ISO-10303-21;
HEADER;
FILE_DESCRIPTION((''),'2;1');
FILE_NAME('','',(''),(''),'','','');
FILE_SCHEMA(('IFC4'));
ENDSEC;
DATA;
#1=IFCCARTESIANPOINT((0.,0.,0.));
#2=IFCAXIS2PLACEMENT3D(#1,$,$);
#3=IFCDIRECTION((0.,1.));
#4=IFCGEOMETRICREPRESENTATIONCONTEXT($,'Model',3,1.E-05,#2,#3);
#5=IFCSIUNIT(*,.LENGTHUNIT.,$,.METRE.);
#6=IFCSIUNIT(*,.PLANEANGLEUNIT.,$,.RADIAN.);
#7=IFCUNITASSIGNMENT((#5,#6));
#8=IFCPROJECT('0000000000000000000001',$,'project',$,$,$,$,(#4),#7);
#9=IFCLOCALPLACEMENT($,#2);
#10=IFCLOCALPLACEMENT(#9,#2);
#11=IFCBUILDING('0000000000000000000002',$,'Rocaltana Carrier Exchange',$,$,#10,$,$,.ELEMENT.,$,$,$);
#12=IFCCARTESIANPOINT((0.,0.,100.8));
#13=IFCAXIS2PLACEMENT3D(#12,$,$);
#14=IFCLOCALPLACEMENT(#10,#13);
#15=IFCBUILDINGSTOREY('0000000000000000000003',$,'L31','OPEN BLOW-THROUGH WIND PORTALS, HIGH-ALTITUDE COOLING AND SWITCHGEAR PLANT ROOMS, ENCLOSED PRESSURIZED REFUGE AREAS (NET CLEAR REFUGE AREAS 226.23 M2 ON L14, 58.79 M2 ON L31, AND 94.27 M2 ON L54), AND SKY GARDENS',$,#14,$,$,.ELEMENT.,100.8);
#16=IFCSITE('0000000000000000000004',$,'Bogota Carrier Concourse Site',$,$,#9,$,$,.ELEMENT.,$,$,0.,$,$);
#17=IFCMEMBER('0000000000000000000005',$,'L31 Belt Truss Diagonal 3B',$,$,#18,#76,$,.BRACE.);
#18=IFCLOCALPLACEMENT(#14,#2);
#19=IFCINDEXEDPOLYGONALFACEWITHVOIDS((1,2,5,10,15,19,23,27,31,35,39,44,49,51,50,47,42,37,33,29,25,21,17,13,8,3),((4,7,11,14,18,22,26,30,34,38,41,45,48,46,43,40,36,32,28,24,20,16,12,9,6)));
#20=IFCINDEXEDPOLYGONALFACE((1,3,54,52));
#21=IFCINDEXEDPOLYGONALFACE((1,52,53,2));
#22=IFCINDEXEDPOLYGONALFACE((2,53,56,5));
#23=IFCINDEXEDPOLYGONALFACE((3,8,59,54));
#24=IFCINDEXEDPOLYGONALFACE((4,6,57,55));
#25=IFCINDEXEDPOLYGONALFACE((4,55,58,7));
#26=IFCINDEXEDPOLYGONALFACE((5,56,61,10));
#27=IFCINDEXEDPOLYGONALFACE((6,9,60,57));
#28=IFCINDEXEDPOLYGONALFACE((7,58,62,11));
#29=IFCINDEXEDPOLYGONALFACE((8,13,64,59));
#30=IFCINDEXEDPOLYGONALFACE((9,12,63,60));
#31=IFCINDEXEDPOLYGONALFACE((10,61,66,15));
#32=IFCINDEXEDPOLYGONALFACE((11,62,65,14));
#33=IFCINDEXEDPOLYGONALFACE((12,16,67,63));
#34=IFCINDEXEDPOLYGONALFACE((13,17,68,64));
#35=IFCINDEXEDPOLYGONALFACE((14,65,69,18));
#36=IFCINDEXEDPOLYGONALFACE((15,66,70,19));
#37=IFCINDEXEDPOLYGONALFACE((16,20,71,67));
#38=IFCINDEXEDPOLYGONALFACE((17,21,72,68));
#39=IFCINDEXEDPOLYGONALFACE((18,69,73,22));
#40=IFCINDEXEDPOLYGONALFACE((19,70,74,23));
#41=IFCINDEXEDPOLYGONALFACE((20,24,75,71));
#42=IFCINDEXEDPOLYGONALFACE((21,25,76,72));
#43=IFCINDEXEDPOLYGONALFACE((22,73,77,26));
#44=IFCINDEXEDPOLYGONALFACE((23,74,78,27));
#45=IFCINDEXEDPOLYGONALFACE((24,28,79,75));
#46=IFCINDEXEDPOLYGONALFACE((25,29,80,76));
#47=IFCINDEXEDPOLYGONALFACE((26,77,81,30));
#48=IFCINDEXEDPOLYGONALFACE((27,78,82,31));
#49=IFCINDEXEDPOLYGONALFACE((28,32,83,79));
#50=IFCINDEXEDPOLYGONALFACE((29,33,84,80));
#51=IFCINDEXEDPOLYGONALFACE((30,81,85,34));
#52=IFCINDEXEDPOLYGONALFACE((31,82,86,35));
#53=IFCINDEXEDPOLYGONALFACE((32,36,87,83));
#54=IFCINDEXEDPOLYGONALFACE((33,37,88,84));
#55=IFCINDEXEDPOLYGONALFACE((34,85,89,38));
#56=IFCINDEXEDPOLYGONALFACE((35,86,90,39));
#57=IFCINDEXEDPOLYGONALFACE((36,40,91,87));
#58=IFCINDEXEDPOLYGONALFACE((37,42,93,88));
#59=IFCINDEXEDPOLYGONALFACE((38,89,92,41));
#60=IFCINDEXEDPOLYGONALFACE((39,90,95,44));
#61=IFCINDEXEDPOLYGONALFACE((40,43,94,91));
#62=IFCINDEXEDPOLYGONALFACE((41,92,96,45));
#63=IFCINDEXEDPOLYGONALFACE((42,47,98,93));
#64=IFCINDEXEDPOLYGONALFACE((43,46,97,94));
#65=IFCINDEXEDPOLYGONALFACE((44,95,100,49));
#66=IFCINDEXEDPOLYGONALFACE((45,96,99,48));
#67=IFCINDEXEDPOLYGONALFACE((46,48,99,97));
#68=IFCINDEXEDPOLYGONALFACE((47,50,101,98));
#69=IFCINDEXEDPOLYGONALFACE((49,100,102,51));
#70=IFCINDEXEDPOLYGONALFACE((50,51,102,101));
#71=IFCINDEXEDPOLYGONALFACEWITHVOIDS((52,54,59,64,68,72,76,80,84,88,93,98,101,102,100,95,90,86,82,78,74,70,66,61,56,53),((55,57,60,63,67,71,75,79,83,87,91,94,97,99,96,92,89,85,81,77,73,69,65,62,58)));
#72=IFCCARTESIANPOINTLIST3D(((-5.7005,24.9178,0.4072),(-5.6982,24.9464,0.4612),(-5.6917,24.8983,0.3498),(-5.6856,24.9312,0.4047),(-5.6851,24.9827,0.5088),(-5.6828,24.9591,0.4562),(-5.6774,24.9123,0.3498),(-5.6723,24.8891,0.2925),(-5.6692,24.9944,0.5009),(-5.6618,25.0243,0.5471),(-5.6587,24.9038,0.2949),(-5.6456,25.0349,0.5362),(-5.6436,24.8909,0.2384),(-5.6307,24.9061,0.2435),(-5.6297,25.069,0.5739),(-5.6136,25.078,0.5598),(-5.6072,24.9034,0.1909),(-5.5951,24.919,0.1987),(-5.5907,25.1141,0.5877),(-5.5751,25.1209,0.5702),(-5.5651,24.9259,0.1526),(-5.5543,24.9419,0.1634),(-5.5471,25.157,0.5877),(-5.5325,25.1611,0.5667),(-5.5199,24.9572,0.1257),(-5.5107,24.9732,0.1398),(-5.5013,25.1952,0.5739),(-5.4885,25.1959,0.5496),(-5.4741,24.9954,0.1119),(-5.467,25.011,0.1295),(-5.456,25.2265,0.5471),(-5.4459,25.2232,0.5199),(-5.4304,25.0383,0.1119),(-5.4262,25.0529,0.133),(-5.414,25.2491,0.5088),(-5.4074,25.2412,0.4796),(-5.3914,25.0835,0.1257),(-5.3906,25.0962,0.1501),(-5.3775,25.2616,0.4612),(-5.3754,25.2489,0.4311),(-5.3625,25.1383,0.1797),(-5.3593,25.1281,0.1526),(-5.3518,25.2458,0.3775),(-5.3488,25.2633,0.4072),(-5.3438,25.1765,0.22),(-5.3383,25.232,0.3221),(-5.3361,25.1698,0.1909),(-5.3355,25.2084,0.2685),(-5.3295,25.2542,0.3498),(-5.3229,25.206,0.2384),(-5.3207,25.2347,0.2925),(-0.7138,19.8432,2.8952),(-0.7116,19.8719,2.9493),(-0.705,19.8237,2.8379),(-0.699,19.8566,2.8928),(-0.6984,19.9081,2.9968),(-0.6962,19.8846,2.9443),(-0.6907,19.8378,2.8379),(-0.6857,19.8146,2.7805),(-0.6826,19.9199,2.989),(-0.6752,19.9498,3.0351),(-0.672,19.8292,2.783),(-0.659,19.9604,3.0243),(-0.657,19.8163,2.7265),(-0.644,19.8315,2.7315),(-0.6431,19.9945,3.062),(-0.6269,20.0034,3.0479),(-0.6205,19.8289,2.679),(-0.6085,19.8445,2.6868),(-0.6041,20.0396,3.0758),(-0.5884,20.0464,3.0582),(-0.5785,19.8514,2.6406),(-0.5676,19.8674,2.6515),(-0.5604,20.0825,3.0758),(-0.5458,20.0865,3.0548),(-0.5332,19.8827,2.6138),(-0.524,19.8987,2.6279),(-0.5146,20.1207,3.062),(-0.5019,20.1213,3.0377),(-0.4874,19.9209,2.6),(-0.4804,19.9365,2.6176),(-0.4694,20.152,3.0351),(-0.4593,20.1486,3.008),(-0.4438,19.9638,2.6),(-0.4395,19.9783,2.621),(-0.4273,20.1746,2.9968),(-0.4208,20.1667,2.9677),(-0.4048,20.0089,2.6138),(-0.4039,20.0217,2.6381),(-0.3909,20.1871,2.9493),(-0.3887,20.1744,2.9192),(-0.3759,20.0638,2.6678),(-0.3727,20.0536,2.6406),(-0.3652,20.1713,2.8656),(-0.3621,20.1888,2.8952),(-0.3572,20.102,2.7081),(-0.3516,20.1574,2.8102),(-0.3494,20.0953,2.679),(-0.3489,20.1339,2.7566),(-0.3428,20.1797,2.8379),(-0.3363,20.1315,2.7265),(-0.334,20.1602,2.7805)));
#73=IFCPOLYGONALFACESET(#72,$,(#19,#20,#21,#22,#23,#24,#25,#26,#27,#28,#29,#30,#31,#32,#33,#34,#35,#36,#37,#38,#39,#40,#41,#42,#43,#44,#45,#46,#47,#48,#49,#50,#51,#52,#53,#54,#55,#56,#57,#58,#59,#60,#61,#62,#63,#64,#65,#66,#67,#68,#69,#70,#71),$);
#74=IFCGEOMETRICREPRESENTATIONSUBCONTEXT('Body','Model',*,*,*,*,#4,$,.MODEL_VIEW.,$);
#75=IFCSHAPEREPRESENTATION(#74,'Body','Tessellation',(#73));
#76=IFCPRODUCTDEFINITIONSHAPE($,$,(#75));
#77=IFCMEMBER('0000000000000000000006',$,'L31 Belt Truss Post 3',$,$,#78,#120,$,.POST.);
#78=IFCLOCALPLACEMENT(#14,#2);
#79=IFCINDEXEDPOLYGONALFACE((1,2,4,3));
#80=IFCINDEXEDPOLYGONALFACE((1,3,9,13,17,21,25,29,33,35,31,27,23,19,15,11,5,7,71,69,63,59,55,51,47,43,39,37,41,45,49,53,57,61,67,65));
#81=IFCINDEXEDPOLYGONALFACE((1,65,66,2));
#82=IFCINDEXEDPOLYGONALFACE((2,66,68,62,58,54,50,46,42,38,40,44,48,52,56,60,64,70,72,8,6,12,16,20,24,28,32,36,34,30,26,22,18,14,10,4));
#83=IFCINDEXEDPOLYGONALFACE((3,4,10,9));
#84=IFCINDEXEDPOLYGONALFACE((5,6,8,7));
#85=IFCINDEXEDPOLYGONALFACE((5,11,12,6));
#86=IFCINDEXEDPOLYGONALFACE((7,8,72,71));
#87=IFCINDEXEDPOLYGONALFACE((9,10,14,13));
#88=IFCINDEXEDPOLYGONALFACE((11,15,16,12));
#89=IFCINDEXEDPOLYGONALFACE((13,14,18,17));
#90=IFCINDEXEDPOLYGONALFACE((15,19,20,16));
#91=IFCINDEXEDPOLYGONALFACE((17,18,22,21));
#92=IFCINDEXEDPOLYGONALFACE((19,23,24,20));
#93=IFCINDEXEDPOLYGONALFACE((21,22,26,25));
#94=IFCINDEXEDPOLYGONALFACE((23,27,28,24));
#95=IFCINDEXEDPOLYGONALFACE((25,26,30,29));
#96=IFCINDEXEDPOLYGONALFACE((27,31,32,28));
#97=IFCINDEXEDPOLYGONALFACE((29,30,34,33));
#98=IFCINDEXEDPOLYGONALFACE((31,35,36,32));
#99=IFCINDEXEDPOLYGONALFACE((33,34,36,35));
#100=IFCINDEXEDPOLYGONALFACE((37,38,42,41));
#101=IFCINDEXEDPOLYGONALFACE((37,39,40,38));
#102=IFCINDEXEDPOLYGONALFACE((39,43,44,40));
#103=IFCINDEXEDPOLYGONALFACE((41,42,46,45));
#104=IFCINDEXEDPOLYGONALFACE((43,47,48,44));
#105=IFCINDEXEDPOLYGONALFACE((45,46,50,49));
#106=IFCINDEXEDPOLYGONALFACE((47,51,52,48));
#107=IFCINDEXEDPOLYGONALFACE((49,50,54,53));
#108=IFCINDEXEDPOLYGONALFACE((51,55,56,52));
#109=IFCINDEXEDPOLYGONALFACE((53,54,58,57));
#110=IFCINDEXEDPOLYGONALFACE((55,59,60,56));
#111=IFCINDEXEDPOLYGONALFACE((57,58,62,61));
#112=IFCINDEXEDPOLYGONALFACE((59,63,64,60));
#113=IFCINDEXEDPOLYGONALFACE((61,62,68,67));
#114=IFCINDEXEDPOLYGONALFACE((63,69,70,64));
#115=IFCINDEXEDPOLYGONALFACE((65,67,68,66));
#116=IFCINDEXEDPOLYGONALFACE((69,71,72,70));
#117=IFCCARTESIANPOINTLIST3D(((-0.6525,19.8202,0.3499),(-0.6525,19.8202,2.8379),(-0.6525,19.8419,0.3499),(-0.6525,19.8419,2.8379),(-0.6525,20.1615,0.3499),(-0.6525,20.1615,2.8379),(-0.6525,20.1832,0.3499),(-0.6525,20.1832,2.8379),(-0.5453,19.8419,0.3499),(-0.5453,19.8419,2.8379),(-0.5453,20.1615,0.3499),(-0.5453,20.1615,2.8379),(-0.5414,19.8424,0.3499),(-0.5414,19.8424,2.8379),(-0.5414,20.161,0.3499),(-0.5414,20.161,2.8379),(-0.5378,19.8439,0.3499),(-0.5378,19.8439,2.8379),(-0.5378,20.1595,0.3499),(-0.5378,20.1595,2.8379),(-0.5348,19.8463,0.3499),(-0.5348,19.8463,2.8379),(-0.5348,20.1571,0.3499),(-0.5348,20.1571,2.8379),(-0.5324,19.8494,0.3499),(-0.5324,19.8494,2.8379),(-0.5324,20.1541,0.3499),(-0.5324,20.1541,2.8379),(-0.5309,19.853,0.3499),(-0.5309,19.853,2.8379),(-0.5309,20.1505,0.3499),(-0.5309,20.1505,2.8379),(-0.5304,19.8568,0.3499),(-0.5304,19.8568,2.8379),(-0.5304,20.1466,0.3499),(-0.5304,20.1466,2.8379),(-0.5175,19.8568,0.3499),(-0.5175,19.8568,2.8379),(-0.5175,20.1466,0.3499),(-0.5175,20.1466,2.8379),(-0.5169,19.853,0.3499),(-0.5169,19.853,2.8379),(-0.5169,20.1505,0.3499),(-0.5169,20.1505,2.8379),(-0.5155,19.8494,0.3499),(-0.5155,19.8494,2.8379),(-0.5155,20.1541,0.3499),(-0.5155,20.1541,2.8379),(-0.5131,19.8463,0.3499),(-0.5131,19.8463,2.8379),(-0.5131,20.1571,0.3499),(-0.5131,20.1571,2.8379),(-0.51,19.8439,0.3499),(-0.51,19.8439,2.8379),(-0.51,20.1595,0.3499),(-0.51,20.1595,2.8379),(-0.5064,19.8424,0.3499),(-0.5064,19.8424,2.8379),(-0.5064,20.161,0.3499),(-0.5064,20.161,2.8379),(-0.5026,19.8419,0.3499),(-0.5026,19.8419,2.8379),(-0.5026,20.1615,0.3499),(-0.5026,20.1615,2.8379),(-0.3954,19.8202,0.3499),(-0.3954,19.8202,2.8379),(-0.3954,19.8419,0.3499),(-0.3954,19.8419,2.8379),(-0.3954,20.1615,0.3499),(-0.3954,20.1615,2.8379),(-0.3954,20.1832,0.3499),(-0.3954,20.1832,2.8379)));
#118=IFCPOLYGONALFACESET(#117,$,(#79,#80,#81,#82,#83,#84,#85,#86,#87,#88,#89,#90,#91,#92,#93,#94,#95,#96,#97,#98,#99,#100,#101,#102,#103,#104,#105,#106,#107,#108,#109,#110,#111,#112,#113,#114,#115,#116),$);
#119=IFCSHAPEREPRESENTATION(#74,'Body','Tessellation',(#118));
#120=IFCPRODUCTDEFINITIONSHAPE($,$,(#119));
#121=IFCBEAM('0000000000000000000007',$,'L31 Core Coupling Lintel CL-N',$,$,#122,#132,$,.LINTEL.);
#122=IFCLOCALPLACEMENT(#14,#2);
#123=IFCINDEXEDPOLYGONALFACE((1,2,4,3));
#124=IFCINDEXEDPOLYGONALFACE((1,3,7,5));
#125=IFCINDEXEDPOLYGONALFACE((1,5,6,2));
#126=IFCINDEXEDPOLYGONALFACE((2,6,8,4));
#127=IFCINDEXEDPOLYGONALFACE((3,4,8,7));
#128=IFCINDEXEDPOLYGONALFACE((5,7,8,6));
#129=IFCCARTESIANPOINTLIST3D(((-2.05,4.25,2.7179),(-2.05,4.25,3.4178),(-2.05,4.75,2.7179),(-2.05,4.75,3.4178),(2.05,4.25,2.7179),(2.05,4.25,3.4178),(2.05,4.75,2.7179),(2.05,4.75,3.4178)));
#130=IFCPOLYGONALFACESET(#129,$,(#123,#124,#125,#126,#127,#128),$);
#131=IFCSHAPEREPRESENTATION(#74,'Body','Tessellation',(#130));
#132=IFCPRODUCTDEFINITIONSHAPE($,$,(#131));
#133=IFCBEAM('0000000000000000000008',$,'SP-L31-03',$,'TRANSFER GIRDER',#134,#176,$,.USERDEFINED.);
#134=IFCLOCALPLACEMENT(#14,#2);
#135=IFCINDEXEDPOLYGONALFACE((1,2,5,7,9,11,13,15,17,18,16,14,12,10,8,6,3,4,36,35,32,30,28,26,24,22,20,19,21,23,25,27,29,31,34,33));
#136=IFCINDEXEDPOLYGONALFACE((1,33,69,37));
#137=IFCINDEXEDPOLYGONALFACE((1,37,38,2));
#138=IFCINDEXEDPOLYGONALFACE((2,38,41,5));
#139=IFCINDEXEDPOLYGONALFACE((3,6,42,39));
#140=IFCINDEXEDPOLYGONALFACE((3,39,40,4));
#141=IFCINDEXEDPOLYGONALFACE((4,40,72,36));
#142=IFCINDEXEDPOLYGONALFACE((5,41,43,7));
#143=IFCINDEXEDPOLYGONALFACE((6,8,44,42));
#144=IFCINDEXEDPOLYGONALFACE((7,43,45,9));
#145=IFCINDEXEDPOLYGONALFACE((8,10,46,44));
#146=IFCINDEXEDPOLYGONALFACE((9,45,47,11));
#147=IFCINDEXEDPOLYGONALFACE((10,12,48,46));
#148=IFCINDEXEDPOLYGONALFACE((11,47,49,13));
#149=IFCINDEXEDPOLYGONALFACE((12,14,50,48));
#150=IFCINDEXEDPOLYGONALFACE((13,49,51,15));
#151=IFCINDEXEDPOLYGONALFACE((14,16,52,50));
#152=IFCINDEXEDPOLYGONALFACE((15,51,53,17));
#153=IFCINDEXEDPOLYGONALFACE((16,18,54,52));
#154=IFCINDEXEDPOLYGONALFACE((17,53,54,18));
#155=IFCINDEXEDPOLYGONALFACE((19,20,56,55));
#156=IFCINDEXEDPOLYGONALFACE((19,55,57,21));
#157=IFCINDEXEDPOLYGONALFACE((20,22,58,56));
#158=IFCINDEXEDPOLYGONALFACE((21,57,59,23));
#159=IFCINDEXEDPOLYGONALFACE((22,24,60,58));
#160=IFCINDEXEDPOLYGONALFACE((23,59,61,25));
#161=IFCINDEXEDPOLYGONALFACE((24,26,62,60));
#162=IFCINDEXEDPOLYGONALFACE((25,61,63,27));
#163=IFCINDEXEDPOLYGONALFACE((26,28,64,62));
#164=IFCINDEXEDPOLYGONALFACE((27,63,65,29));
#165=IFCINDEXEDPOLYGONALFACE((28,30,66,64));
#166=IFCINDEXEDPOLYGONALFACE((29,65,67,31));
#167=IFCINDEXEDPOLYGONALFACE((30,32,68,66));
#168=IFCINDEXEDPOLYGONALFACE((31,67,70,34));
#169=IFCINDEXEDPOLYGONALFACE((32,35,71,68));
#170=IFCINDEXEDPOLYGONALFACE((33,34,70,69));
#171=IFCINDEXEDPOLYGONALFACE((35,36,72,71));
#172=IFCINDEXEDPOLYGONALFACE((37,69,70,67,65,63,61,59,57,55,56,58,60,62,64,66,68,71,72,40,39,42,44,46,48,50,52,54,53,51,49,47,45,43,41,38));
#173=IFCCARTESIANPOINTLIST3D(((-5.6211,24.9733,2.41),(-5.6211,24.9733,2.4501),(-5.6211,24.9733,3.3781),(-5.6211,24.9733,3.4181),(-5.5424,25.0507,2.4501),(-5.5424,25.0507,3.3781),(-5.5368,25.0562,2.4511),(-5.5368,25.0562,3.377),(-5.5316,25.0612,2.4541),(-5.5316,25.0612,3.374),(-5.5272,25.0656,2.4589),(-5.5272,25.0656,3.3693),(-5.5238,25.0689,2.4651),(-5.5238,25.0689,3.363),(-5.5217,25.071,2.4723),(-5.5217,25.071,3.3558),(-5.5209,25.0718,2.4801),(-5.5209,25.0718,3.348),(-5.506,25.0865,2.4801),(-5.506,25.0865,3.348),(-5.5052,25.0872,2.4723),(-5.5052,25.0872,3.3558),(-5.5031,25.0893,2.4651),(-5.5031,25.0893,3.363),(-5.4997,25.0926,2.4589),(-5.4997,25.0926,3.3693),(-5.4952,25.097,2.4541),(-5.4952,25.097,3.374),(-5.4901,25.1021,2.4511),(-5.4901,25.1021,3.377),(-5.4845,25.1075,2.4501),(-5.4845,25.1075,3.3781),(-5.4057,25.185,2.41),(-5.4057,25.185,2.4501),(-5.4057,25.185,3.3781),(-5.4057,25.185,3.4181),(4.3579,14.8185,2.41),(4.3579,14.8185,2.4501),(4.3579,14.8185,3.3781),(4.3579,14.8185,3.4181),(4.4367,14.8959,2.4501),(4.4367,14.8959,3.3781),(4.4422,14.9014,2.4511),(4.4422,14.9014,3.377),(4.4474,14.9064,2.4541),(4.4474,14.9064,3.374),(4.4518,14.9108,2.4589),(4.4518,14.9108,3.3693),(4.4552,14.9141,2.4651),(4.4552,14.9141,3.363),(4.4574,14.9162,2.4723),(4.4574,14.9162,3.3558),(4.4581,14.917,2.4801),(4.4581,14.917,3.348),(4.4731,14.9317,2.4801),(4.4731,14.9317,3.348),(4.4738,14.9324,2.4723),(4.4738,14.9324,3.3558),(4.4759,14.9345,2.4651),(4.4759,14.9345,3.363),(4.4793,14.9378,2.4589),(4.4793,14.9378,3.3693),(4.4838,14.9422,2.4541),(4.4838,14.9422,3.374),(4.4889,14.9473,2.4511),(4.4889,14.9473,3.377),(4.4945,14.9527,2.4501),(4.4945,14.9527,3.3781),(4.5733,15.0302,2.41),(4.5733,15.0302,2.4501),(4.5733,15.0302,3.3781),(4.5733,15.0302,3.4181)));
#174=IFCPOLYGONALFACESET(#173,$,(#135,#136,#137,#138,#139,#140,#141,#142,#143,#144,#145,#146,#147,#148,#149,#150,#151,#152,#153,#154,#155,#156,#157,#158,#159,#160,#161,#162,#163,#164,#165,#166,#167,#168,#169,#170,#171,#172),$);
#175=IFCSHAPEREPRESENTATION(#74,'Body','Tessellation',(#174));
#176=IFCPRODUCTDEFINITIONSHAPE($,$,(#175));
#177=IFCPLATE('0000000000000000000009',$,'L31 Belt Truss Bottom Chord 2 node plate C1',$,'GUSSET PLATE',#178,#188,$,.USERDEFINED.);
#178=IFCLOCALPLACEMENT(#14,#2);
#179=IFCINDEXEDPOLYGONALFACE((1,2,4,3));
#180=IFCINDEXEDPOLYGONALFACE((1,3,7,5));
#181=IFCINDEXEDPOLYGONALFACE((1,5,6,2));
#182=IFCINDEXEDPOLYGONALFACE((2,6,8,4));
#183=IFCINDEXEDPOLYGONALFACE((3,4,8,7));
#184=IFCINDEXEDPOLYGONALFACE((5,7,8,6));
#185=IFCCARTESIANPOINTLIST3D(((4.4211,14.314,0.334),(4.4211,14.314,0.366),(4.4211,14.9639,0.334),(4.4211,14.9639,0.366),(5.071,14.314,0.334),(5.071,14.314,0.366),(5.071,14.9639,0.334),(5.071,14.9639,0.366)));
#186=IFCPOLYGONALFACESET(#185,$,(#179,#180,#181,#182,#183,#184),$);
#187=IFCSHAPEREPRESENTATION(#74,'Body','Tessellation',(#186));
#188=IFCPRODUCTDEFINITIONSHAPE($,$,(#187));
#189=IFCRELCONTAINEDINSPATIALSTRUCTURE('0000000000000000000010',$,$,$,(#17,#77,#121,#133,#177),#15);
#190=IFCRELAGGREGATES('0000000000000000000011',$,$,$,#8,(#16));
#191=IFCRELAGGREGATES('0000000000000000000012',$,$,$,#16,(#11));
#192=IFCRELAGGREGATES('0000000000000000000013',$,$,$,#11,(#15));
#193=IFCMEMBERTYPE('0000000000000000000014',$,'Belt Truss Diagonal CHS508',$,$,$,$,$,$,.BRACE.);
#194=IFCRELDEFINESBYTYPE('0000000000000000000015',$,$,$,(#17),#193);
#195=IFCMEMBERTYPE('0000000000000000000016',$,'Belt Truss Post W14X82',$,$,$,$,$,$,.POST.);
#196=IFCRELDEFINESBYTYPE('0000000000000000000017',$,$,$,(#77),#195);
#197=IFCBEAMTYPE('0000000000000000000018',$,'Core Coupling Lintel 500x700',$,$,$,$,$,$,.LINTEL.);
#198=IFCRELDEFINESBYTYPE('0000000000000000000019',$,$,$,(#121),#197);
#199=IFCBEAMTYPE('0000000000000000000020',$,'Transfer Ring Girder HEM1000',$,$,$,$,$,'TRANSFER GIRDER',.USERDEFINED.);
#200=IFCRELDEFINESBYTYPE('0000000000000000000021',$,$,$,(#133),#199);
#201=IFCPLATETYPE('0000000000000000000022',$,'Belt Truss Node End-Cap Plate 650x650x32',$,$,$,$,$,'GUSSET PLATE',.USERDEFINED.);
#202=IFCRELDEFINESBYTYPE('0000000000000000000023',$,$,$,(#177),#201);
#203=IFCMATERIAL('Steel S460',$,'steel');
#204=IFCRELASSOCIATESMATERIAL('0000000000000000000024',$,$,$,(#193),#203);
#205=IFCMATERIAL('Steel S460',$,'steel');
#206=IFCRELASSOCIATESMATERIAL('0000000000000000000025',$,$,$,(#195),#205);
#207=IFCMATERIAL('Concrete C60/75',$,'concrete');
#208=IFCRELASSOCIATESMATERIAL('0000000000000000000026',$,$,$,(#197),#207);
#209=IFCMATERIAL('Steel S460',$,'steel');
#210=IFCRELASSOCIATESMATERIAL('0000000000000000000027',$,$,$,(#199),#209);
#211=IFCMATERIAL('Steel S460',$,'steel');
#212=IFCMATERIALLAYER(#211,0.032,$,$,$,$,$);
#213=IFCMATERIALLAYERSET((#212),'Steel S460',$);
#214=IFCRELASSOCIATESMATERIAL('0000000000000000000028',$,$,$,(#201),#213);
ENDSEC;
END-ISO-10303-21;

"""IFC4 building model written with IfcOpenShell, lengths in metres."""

from ifc_helpers import new_model, si_unit, direction, frame, origin, origin_2d, place, context, subcontext, project, spatial, rectangle, hollow_circle, i_section, extrude, material, layer, layer_set, material_profile, profile_set, type_object, element, save


model = new_model("IFC4")

# Units and contexts
model_context = context("Model", 3, precision=1e-05, world=origin(), true_north=direction((0.0, 1.0)))
body_context = subcontext(model_context, "Body", "Model", "MODEL_VIEW")
ifc_project = project(units=[si_unit("LENGTHUNIT", "METRE"), si_unit("PLANEANGLEUNIT", "RADIAN")], contexts=[model_context])

# Site, building, storey
site_placement = place(None, origin())
site = spatial("IfcSite", under=ifc_project, at=site_placement, Name="Bogota Carrier Concourse Site", CompositionType="ELEMENT", RefElevation=0.0)
building_placement = place(site_placement, origin())
building = spatial("IfcBuilding", under=site, at=building_placement, Name="Rocaltana Carrier Exchange", CompositionType="ELEMENT")
storey_placement = place(building_placement, frame((0.0, 0.0, 100.8)))
storey = spatial("IfcBuildingStorey", under=building, at=storey_placement, Name="L31", Description="OPEN BLOW-THROUGH WIND PORTALS, HIGH-ALTITUDE COOLING AND SWITCHGEAR PLANT ROOMS, ENCLOSED PRESSURIZED REFUGE AREAS (NET CLEAR REFUGE AREAS 226.23 M2 ON L14, 58.79 M2 ON L31, AND 94.27 M2 ON L54), AND SKY GARDENS", CompositionType="ELEMENT", Elevation=100.8)

# Members
ifc_material_1 = material(Name="Steel S460", Category="steel")
ifc_material_profile_1 = material_profile(ifc_material_1, hollow_circle(Radius=0.2539, WallThickness=0.02, at=origin_2d()), Name="CHS508X20")
ifc_profile_set_1 = profile_set([ifc_material_profile_1], Name="Steel S460")
member_type_1 = type_object("IfcMemberType", Name="Belt Truss Diagonal CHS508", PredefinedType="BRACE", material=ifc_profile_set_1)
member_1_placement = place(storey_placement, frame((-0.5239, 20.0017, 2.8379), z_axis=(-0.661612, 0.673273, -0.33011), x_axis=(-0.713257, -0.700903, 0.0)))
element("IfcMember", 1, at=member_1_placement, inside=storey, type_object=member_type_1, Name="L31 Belt Truss Diagonal 3B", PredefinedType="BRACE", context=body_context, shape_type="SweptSolid", body=[
    extrude(hollow_circle(Radius=0.2539, WallThickness=0.02, at=origin_2d()), origin(), (0.0, 0.0, 1.0), 7.5371),
])
ifc_material_2 = material(Name="Steel S460", Category="steel")
ifc_material_profile_2 = material_profile(ifc_material_2, i_section(OverallWidth=0.2571, OverallDepth=0.363, WebThickness=0.0129, FlangeThickness=0.0217, FilletRadius=0.0149, at=origin_2d()), Name="W14X82")
ifc_profile_set_2 = profile_set([ifc_material_profile_2], Name="Steel S460")
member_type_2 = type_object("IfcMemberType", Name="Belt Truss Post W14X82", PredefinedType="POST", material=ifc_profile_set_2)
member_2_placement = place(storey_placement, frame((-0.5239, 20.0017, 0.3499), z_axis=(0.0, 0.0, 1.0), x_axis=(1.0, 0.0, 0.0)))
element("IfcMember", 2, at=member_2_placement, inside=storey, type_object=member_type_2, Name="L31 Belt Truss Post 3", PredefinedType="POST", context=body_context, shape_type="SweptSolid", body=[
    extrude(i_section(OverallWidth=0.2571, OverallDepth=0.363, WebThickness=0.0129, FlangeThickness=0.0217, FilletRadius=0.0149, at=origin_2d()), origin(), (0.0, 0.0, 1.0), 2.488),
])

# Beams
ifc_material_3 = material(Name="Concrete C60/75", Category="concrete")
ifc_material_profile_3 = material_profile(ifc_material_3, rectangle(XDim=0.5, YDim=0.7, at=origin_2d()), Name="RC-BM-500X700")
ifc_profile_set_3 = profile_set([ifc_material_profile_3], Name="Concrete C60/75")
beam_type_1 = type_object("IfcBeamType", Name="Core Coupling Lintel 500x700", PredefinedType="LINTEL", material=ifc_profile_set_3)
beam_1_placement = place(storey_placement, frame((-2.05, 4.5, 3.0679), z_axis=(1.0, 0.0, 0.0), x_axis=(0.0, 1.0, 0.0)))
element("IfcBeam", 3, at=beam_1_placement, inside=storey, type_object=beam_type_1, Name="L31 Core Coupling Lintel CL-N", PredefinedType="LINTEL", context=body_context, shape_type="SweptSolid", body=[
    extrude(rectangle(XDim=0.5, YDim=0.7, at=origin_2d()), origin(), (0.0, 0.0, 1.0), 4.1001),
])
ifc_material_4 = material(Name="Steel S460", Category="steel")
ifc_material_profile_4 = material_profile(ifc_material_4, i_section(OverallWidth=0.302, OverallDepth=1.0081, WebThickness=0.021, FlangeThickness=0.04, FilletRadius=0.03, at=origin_2d()), Name="HEM1000")
ifc_profile_set_4 = profile_set([ifc_material_profile_4], Name="Steel S460")
beam_type_2 = type_object("IfcBeamType", Name="Transfer Ring Girder HEM1000", ElementType="TRANSFER GIRDER", PredefinedType="USERDEFINED", material=ifc_profile_set_4)
beam_2_placement = place(storey_placement, frame((4.4656, 14.9243, 2.9141), z_axis=(-0.700907, 0.713253, 0.0), x_axis=(-0.713253, -0.700907, 0.0)))
element("IfcBeam", 4, at=beam_2_placement, inside=storey, type_object=beam_type_2, Name="SP-L31-03", ObjectType="TRANSFER GIRDER", PredefinedType="USERDEFINED", context=body_context, shape_type="SweptSolid", body=[
    extrude(i_section(OverallWidth=0.302, OverallDepth=1.0081, WebThickness=0.021, FlangeThickness=0.04, FilletRadius=0.03, at=origin_2d()), origin(), (0.0, 0.0, 1.0), 14.2373),
])

# Plate
ifc_material_5 = material(Name="Steel S460", Category="steel")
ifc_layer_1 = layer(ifc_material_5, 0.032)
ifc_layer_set_1 = layer_set([ifc_layer_1], Name="Steel S460")
plate_type = type_object("IfcPlateType", Name="Belt Truss Node End-Cap Plate 650x650x32", ElementType="GUSSET PLATE", PredefinedType="USERDEFINED", material=ifc_layer_set_1)
for number, where, z_axis, x_axis, name in (
    (5, (4.7461, 14.6389, 0.334), (0.0, 0.0, 1.0), (1.0, 0.0, 0.0), "L31 Belt Truss Bottom Chord 2 node plate C1"),
):
    element("IfcPlate", number, at=place(storey_placement, frame(where, z_axis=z_axis, x_axis=x_axis)), inside=storey, type_object=plate_type, Name=name, ObjectType="GUSSET PLATE", PredefinedType="USERDEFINED", context=body_context, shape_type="SweptSolid", body=[
        extrude(rectangle(XDim=0.6499, YDim=0.6499, at=origin_2d()), origin(), (0.0, 0.0, 1.0), 0.032),
    ])

save(model, "model.ifc")
